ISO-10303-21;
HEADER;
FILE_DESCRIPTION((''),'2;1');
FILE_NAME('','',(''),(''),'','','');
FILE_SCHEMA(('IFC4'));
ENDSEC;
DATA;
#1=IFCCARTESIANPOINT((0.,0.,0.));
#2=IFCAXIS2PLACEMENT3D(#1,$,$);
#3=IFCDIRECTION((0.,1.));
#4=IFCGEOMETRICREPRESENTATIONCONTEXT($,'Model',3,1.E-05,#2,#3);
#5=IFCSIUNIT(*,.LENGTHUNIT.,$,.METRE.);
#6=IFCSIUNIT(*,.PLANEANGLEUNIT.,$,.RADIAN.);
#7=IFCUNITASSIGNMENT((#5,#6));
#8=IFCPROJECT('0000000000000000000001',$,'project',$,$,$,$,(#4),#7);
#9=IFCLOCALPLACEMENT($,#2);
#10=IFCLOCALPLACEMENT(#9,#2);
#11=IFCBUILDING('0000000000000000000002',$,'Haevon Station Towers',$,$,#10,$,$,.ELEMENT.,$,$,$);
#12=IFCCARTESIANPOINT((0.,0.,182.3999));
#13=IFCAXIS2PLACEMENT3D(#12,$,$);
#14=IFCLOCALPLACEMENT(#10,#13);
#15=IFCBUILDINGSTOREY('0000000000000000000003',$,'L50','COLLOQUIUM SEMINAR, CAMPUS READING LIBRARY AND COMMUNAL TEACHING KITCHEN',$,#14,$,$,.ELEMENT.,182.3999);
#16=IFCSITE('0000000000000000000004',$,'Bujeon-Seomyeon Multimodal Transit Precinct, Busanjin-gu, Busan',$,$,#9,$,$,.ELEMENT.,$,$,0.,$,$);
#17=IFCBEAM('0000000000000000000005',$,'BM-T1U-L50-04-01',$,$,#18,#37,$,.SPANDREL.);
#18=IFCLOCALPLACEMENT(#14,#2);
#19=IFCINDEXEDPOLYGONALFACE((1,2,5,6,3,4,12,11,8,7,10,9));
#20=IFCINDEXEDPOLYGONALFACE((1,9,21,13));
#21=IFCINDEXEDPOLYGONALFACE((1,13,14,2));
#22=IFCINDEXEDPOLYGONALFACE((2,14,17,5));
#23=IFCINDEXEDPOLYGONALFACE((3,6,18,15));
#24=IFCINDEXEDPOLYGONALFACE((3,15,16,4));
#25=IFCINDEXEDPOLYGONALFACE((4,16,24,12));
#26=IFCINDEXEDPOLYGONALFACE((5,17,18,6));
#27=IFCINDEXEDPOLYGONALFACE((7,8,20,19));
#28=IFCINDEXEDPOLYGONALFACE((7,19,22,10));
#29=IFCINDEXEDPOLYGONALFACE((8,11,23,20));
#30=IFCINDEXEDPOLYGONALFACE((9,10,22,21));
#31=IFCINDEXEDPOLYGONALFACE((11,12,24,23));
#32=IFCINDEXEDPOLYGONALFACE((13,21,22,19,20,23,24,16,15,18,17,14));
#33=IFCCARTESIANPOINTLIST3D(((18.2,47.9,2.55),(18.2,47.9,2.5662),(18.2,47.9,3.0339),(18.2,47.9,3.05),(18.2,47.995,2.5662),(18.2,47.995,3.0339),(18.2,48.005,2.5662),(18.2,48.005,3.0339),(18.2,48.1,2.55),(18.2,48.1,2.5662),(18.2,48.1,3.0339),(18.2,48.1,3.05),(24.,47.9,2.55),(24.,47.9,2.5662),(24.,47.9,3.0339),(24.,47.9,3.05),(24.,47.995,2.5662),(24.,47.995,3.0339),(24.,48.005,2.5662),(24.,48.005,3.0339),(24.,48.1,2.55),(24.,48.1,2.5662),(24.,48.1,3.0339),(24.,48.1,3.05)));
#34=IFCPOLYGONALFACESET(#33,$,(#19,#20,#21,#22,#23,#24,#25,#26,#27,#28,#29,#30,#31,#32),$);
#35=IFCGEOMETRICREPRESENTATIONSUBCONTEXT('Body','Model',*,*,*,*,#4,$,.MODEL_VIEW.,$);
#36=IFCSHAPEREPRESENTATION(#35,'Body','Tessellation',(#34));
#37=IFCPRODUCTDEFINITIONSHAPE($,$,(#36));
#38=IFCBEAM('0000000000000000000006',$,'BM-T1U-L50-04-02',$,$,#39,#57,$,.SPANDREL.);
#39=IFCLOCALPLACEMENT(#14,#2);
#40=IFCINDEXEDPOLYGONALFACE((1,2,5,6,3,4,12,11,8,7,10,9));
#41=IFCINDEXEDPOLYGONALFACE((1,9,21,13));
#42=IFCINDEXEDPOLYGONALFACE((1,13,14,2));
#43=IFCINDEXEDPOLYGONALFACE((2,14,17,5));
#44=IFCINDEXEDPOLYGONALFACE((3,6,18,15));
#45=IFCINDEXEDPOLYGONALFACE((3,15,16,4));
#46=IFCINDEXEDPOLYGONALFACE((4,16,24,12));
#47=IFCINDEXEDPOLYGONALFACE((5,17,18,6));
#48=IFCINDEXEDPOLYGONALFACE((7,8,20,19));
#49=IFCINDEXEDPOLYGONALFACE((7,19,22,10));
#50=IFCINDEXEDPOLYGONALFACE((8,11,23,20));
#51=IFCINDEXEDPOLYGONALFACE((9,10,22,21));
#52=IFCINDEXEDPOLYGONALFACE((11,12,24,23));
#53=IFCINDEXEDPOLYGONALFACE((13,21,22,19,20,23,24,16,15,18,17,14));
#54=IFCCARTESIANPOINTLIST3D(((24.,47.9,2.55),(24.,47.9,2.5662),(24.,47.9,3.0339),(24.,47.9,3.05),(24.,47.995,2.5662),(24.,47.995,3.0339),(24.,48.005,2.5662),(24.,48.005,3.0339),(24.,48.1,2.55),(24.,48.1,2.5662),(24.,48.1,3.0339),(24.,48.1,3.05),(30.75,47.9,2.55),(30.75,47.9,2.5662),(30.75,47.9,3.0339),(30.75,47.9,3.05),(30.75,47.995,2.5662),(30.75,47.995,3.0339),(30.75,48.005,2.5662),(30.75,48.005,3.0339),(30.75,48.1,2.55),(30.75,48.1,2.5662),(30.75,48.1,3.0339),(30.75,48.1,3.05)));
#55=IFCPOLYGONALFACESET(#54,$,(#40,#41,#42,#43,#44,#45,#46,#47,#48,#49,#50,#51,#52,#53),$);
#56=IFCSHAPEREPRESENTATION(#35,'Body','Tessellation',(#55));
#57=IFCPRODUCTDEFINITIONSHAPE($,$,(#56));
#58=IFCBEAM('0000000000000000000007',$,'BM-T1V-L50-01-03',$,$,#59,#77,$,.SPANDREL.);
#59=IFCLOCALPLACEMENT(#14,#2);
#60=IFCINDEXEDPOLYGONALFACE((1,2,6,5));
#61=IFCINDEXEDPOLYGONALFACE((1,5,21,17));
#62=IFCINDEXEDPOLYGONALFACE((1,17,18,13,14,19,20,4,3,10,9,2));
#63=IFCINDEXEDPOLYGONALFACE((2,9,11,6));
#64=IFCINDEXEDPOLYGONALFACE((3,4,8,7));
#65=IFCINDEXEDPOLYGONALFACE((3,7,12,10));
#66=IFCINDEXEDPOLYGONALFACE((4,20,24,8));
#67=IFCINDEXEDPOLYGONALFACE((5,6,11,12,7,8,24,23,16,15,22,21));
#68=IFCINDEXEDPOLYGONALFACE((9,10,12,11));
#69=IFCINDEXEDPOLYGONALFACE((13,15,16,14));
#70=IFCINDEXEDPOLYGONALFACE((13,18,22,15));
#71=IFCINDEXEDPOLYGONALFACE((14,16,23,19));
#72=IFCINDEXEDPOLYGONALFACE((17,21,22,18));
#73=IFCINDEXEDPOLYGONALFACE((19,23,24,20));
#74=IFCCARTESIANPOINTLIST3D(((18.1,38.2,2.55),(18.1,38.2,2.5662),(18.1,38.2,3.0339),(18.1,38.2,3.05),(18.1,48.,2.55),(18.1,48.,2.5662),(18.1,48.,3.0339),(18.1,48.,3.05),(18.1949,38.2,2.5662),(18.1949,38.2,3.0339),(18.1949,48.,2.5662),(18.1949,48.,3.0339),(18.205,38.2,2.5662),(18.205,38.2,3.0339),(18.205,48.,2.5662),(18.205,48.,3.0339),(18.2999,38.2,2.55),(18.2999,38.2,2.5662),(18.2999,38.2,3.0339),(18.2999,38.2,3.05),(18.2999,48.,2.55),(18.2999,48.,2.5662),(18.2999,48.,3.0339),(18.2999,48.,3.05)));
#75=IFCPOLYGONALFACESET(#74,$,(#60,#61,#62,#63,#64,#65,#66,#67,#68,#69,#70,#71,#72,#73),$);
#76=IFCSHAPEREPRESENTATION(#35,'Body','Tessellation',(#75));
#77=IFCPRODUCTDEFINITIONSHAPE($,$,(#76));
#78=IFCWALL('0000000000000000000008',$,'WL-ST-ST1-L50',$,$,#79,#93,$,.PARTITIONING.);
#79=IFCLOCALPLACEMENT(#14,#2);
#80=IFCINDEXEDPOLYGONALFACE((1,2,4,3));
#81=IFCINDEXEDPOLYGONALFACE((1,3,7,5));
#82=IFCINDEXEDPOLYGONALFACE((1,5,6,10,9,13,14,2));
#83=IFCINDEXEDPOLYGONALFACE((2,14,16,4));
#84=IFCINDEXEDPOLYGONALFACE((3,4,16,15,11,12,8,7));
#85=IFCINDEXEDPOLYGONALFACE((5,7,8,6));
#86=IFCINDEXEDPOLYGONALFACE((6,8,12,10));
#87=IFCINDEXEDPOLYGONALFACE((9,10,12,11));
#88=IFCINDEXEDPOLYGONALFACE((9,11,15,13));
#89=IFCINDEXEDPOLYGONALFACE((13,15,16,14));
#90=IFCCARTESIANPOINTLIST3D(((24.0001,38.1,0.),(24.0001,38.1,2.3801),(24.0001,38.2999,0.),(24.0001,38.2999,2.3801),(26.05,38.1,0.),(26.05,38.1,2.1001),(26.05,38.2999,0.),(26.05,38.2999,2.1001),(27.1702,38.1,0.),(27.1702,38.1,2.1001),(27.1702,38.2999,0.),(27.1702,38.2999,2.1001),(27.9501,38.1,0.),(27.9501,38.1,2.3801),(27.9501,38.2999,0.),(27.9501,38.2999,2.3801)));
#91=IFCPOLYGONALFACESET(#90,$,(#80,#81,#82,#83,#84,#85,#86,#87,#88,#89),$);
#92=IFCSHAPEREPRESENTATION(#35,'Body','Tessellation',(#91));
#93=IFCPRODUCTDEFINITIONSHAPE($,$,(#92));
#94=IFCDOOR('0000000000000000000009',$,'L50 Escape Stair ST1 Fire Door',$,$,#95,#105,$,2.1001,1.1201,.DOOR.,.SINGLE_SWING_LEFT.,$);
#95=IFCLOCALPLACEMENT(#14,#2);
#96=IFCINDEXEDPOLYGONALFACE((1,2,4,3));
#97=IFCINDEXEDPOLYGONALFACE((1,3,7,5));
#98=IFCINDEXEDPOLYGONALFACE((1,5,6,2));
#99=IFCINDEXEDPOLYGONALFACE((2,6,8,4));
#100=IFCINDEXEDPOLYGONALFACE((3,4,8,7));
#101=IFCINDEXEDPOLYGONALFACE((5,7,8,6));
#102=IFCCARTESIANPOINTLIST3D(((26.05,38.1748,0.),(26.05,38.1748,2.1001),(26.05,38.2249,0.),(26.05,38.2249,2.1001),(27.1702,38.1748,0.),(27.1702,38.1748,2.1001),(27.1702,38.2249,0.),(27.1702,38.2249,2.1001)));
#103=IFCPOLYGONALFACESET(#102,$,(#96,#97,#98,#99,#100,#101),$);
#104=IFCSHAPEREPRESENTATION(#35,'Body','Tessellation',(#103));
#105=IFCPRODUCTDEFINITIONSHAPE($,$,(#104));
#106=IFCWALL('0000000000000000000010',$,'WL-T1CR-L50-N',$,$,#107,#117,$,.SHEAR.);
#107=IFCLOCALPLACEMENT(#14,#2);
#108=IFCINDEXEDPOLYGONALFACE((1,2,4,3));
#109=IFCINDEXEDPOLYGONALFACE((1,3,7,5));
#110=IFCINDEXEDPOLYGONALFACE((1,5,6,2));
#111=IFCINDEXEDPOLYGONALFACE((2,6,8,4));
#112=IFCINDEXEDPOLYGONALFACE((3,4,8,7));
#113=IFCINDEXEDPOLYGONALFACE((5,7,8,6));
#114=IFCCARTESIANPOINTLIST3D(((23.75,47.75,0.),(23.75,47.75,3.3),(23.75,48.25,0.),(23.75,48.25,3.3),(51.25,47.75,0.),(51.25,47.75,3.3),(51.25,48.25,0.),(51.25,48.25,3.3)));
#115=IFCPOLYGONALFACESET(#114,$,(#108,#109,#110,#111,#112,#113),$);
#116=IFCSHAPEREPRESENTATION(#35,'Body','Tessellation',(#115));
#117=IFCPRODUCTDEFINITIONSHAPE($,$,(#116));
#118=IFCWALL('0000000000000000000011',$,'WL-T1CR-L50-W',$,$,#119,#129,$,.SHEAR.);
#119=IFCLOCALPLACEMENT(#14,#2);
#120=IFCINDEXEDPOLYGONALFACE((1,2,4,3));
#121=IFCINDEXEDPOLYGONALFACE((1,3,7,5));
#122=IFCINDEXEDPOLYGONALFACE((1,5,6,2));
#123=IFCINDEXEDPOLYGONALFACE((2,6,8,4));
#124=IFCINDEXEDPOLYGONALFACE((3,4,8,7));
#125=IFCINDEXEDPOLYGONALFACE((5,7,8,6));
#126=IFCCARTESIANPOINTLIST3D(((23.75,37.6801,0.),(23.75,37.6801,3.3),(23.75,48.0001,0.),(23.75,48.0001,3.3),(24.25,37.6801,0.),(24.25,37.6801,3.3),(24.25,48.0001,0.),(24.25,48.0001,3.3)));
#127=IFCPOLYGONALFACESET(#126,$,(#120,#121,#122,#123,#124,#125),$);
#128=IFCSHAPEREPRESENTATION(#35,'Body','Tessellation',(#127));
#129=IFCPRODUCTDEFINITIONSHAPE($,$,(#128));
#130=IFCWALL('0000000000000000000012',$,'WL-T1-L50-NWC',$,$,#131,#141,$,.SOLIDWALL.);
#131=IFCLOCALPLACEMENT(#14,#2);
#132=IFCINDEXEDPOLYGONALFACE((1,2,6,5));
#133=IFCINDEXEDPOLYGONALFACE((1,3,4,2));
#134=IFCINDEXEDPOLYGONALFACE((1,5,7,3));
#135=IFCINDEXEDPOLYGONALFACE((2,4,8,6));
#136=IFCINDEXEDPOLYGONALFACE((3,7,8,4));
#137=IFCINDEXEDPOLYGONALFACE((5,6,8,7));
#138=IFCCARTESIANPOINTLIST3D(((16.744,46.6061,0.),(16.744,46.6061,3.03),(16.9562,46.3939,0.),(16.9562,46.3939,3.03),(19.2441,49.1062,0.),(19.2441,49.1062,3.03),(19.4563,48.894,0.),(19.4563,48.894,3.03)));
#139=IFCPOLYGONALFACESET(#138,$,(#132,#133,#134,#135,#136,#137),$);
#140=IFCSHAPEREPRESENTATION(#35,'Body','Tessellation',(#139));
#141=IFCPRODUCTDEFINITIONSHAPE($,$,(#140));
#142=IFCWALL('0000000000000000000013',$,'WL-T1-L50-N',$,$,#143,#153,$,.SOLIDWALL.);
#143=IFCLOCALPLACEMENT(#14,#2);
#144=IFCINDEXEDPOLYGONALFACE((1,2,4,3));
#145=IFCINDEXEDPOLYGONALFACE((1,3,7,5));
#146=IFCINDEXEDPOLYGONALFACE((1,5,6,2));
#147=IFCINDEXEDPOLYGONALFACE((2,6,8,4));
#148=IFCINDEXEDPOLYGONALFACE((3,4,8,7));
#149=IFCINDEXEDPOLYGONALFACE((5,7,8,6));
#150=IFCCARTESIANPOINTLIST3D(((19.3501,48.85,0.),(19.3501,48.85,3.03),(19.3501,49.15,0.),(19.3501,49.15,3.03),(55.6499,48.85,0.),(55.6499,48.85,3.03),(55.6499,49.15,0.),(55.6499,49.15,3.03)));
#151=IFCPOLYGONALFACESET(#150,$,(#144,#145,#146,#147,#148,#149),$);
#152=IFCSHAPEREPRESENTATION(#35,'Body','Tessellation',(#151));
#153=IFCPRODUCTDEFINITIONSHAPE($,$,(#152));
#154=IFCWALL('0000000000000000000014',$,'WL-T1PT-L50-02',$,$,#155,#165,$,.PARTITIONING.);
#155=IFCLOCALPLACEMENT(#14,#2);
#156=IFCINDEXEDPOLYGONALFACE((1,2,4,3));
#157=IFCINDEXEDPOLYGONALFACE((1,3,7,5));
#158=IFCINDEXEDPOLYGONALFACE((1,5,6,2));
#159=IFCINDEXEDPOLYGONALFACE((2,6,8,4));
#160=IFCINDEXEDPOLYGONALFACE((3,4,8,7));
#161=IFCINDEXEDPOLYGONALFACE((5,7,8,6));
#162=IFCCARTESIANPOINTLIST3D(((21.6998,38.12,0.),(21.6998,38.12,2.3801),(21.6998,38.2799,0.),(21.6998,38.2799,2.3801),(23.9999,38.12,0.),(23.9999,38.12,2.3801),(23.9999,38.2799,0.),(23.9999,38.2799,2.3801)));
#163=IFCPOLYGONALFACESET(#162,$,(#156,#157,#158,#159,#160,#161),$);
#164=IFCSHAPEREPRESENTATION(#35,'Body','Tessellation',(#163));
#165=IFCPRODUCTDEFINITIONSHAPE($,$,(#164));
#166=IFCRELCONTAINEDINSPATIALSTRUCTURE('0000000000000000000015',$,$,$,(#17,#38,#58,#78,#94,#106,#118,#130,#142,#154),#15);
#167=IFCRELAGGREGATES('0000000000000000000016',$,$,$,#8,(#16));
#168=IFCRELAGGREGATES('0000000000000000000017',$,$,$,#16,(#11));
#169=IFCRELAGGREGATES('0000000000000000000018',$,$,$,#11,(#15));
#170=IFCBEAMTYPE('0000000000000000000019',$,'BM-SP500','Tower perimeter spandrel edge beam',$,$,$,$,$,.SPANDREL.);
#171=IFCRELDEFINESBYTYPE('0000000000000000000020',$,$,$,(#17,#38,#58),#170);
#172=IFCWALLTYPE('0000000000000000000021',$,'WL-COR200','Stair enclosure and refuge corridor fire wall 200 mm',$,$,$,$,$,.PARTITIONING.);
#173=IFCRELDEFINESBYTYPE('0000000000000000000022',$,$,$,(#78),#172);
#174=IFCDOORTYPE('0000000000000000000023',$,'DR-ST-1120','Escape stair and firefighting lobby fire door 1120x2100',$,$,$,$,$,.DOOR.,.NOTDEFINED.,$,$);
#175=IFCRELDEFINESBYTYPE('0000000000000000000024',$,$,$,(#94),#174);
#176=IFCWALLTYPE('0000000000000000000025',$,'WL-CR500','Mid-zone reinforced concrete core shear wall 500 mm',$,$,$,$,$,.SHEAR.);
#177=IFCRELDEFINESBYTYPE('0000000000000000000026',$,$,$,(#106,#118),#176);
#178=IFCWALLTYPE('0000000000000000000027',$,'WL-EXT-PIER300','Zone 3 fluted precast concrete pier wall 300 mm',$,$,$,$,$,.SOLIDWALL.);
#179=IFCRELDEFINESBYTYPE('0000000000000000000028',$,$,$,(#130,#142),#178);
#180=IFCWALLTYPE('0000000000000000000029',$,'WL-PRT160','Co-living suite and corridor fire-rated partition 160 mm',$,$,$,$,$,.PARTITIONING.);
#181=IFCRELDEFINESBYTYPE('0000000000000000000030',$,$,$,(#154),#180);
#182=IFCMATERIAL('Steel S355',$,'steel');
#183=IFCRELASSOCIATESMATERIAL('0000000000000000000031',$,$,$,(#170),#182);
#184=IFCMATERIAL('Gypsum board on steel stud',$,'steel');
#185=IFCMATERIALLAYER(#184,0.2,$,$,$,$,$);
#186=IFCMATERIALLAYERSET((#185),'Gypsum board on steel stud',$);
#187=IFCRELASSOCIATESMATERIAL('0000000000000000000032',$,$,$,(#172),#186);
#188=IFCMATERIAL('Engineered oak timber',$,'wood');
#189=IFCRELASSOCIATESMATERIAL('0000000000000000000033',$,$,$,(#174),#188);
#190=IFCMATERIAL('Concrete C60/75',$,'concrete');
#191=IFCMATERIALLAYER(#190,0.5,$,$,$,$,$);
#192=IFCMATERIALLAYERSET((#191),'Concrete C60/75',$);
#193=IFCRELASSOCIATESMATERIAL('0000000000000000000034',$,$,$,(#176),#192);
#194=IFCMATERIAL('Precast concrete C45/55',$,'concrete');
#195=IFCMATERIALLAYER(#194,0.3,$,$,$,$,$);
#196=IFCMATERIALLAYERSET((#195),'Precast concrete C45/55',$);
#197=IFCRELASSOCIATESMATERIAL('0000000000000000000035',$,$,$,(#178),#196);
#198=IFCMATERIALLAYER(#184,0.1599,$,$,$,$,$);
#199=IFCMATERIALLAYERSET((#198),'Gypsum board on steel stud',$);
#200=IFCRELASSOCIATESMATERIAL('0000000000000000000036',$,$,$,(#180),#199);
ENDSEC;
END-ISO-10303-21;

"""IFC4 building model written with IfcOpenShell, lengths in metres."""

from ifc_helpers import new_model, si_unit, direction, frame, frame_2d, origin, origin_2d, place, context, subcontext, project, spatial, rectangle, i_section, extrude, material, layer, layer_set, material_profile, profile_set, type_object, element, fill, save


model = new_model("IFC4")

# Units and contexts
model_context = context("Model", 3, precision=1e-05, world=origin(), true_north=direction((0.0, 1.0)))
body_context = subcontext(model_context, "Body", "Model", "MODEL_VIEW")
ifc_project = project(units=[si_unit("LENGTHUNIT", "METRE"), si_unit("PLANEANGLEUNIT", "RADIAN")], contexts=[model_context])

# Site, building, storey
site_placement = place(None, origin())
site = spatial("IfcSite", under=ifc_project, at=site_placement, Name="Bujeon-Seomyeon Multimodal Transit Precinct, Busanjin-gu, Busan", CompositionType="ELEMENT", RefElevation=0.0)
building_placement = place(site_placement, origin())
building = spatial("IfcBuilding", under=site, at=building_placement, Name="Haevon Station Towers", CompositionType="ELEMENT")
storey_placement = place(building_placement, frame((0.0, 0.0, 182.3999)))
storey = spatial("IfcBuildingStorey", under=building, at=storey_placement, Name="L50", Description="COLLOQUIUM SEMINAR, CAMPUS READING LIBRARY AND COMMUNAL TEACHING KITCHEN", CompositionType="ELEMENT", Elevation=182.3999)

# Shared definitions
ifc_material_1 = material(Name="Steel S355", Category="steel")

# Beams
ifc_material_profile_1 = material_profile(ifc_material_1, i_section(OverallWidth=0.2, OverallDepth=0.5, WebThickness=0.01, FlangeThickness=0.0161, at=origin_2d()), Name="H-500x200x10x16")
ifc_profile_set_1 = profile_set([ifc_material_profile_1], Name="Steel S355")
beam_type_1 = type_object("IfcBeamType", Name="BM-SP500", Description="Tower perimeter spandrel edge beam", PredefinedType="SPANDREL", material=ifc_profile_set_1)
beam_1_placement = place(storey_placement, frame((18.2, 48.0, 2.8), z_axis=(1.0, 0.0, 0.0), x_axis=(0.0, 1.0, 0.0)))
element("IfcBeam", 1, at=beam_1_placement, inside=storey, type_object=beam_type_1, Name="BM-T1U-L50-04-01", PredefinedType="SPANDREL", context=body_context, shape_type="SweptSolid", body=[
    extrude(i_section(OverallWidth=0.2, OverallDepth=0.5, WebThickness=0.01, FlangeThickness=0.0161, at=origin_2d()), origin(), (0.0, 0.0, 1.0), 5.8),
])
beam_2_placement = place(storey_placement, frame((24.0, 48.0, 2.8), z_axis=(1.0, 0.0, 0.0), x_axis=(0.0, 1.0, 0.0)))
element("IfcBeam", 2, at=beam_2_placement, inside=storey, type_object=beam_type_1, Name="BM-T1U-L50-04-02", PredefinedType="SPANDREL", context=body_context, shape_type="SweptSolid", body=[
    extrude(i_section(OverallWidth=0.2, OverallDepth=0.5, WebThickness=0.01, FlangeThickness=0.0161, at=origin_2d()), origin(), (0.0, 0.0, 1.0), 6.75),
])
beam_3_placement = place(storey_placement, frame((18.2, 38.2, 2.8), z_axis=(0.0, 1.0, 0.0), x_axis=(-1.0, 0.0, 0.0)))
element("IfcBeam", 3, at=beam_3_placement, inside=storey, type_object=beam_type_1, Name="BM-T1V-L50-01-03", PredefinedType="SPANDREL", context=body_context, shape_type="SweptSolid", body=[
    extrude(i_section(OverallWidth=0.2, OverallDepth=0.5, WebThickness=0.01, FlangeThickness=0.0161, at=origin_2d()), origin(), (0.0, 0.0, 1.0), 9.8),
])

# Wall, opening, door
ifc_material_2 = material(Name="Gypsum board on steel stud", Category="steel")
ifc_layer_1 = layer(ifc_material_2, 0.2)
ifc_layer_set_1 = layer_set([ifc_layer_1], Name="Gypsum board on steel stud")
wall_type_1 = type_object("IfcWallType", Name="WL-COR200", Description="Stair enclosure and refuge corridor fire wall 200 mm", PredefinedType="PARTITIONING", material=ifc_layer_set_1)
wall_1_placement = place(storey_placement, frame((24.0, 38.2, 0.0), z_axis=(0.0, 0.0, 1.0), x_axis=(1.0, 0.0, 0.0)))
wall_1 = element("IfcWall", 4, at=wall_1_placement, inside=storey, type_object=wall_type_1, Name="WL-ST-ST1-L50", PredefinedType="PARTITIONING", context=body_context, shape_type="SweptSolid", body=[
    extrude(rectangle(XDim=3.95, YDim=0.2, at=frame_2d((1.9751, 0.0))), origin(), (0.0, 0.0, 1.0), 2.3801),
])
opening_placement = place(wall_1_placement, frame((2.05, 0.0, 0.0)))
opening = element("IfcOpeningElement", 5, at=opening_placement, cuts=wall_1, PredefinedType="OPENING", context=body_context, shape_type="SweptSolid", body=[
    extrude(rectangle(XDim=1.1201, YDim=2.1001, at=frame_2d((0.5601, 1.05))), frame((0.0, 0.1099, 0.0), z_axis=(0.0, -1.0, 0.0), x_axis=(1.0, 0.0, 0.0)), (0.0, 0.0, 1.0), 0.22),
])
ifc_material_3 = material(Name="Engineered oak timber", Category="wood")
door_type = type_object("IfcDoorType", Name="DR-ST-1120", Description="Escape stair and firefighting lobby fire door 1120x2100", OperationType="NOTDEFINED", PredefinedType="DOOR", material=ifc_material_3)
door_placement = place(opening_placement, origin())
door = element("IfcDoor", 6, at=door_placement, inside=storey, type_object=door_type, Name="L50 Escape Stair ST1 Fire Door", OperationType="SINGLE_SWING_LEFT", OverallHeight=2.1001, OverallWidth=1.1201, PredefinedType="DOOR", context=body_context, shape_type="SweptSolid", body=[
    extrude(rectangle(XDim=1.1201, YDim=2.1001, at=frame_2d((0.5601, 1.05))), frame((0.0, 0.0249, 0.0), z_axis=(0.0, -1.0, 0.0), x_axis=(1.0, 0.0, 0.0)), (0.0, 0.0, 1.0), 0.05),
])
fill(opening, door)

# Walls
ifc_material_4 = material(Name="Concrete C60/75", Category="concrete")
ifc_layer_2 = layer(ifc_material_4, 0.5)
ifc_layer_set_2 = layer_set([ifc_layer_2], Name="Concrete C60/75")
wall_type_2 = type_object("IfcWallType", Name="WL-CR500", Description="Mid-zone reinforced concrete core shear wall 500 mm", PredefinedType="SHEAR", material=ifc_layer_set_2)
wall_2_placement = place(storey_placement, frame((23.75, 48.0, 0.0), z_axis=(0.0, 0.0, 1.0), x_axis=(1.0, 0.0, 0.0)))
element("IfcWall", 7, at=wall_2_placement, inside=storey, type_object=wall_type_2, Name="WL-T1CR-L50-N", PredefinedType="SHEAR", context=body_context, shape_type="SweptSolid", body=[
    extrude(rectangle(XDim=27.5, YDim=0.5, at=frame_2d((13.75, 0.0))), origin(), (0.0, 0.0, 1.0), 3.3),
])
wall_3_placement = place(storey_placement, frame((24.0, 37.6799, 0.0), z_axis=(0.0, 0.0, 1.0), x_axis=(0.0, 1.0, 0.0)))
element("IfcWall", 8, at=wall_3_placement, inside=storey, type_object=wall_type_2, Name="WL-T1CR-L50-W", PredefinedType="SHEAR", context=body_context, shape_type="SweptSolid", body=[
    extrude(rectangle(XDim=10.3201, YDim=0.5, at=frame_2d((5.1602, 0.0))), origin(), (0.0, 0.0, 1.0), 3.3),
])
ifc_material_5 = material(Name="Precast concrete C45/55", Category="concrete")
ifc_layer_3 = layer(ifc_material_5, 0.3)
ifc_layer_set_3 = layer_set([ifc_layer_3], Name="Precast concrete C45/55")
wall_type_3 = type_object("IfcWallType", Name="WL-EXT-PIER300", Description="Zone 3 fluted precast concrete pier wall 300 mm", PredefinedType="SOLIDWALL", material=ifc_layer_set_3)
wall_4_placement = place(storey_placement, frame((16.8501, 46.5, 0.0), z_axis=(0.0, 0.0, 1.0), x_axis=(0.707107, 0.707107, 0.0)))
element("IfcWall", 9, at=wall_4_placement, inside=storey, type_object=wall_type_3, Name="WL-T1-L50-NWC", PredefinedType="SOLIDWALL", context=body_context, shape_type="SweptSolid", body=[
    extrude(rectangle(XDim=3.5356, YDim=0.3, at=frame_2d((1.7678, 0.0))), origin(), (0.0, 0.0, 1.0), 3.03),
])
wall_5_placement = place(storey_placement, frame((19.3501, 49.0, 0.0), z_axis=(0.0, 0.0, 1.0), x_axis=(1.0, 0.0, 0.0)))
element("IfcWall", 10, at=wall_5_placement, inside=storey, type_object=wall_type_3, Name="WL-T1-L50-N", PredefinedType="SOLIDWALL", context=body_context, shape_type="SweptSolid", body=[
    extrude(rectangle(XDim=36.2998, YDim=0.3, at=frame_2d((18.1499, 0.0))), origin(), (0.0, 0.0, 1.0), 3.03),
])
ifc_layer_4 = layer(ifc_material_2, 0.1599)
ifc_layer_set_4 = layer_set([ifc_layer_4], Name="Gypsum board on steel stud")
wall_type_4 = type_object("IfcWallType", Name="WL-PRT160", Description="Co-living suite and corridor fire-rated partition 160 mm", PredefinedType="PARTITIONING", material=ifc_layer_set_4)
wall_6_placement = place(storey_placement, frame((21.7, 38.2, 0.0), z_axis=(0.0, 0.0, 1.0), x_axis=(1.0, 0.0, 0.0)))
element("IfcWall", 11, at=wall_6_placement, inside=storey, type_object=wall_type_4, Name="WL-T1PT-L50-02", PredefinedType="PARTITIONING", context=body_context, shape_type="SweptSolid", body=[
    extrude(rectangle(XDim=2.3, YDim=0.1599, at=frame_2d((1.1499, 0.0))), origin(), (0.0, 0.0, 1.0), 2.3801),
])

save(model, "model.ifc")
